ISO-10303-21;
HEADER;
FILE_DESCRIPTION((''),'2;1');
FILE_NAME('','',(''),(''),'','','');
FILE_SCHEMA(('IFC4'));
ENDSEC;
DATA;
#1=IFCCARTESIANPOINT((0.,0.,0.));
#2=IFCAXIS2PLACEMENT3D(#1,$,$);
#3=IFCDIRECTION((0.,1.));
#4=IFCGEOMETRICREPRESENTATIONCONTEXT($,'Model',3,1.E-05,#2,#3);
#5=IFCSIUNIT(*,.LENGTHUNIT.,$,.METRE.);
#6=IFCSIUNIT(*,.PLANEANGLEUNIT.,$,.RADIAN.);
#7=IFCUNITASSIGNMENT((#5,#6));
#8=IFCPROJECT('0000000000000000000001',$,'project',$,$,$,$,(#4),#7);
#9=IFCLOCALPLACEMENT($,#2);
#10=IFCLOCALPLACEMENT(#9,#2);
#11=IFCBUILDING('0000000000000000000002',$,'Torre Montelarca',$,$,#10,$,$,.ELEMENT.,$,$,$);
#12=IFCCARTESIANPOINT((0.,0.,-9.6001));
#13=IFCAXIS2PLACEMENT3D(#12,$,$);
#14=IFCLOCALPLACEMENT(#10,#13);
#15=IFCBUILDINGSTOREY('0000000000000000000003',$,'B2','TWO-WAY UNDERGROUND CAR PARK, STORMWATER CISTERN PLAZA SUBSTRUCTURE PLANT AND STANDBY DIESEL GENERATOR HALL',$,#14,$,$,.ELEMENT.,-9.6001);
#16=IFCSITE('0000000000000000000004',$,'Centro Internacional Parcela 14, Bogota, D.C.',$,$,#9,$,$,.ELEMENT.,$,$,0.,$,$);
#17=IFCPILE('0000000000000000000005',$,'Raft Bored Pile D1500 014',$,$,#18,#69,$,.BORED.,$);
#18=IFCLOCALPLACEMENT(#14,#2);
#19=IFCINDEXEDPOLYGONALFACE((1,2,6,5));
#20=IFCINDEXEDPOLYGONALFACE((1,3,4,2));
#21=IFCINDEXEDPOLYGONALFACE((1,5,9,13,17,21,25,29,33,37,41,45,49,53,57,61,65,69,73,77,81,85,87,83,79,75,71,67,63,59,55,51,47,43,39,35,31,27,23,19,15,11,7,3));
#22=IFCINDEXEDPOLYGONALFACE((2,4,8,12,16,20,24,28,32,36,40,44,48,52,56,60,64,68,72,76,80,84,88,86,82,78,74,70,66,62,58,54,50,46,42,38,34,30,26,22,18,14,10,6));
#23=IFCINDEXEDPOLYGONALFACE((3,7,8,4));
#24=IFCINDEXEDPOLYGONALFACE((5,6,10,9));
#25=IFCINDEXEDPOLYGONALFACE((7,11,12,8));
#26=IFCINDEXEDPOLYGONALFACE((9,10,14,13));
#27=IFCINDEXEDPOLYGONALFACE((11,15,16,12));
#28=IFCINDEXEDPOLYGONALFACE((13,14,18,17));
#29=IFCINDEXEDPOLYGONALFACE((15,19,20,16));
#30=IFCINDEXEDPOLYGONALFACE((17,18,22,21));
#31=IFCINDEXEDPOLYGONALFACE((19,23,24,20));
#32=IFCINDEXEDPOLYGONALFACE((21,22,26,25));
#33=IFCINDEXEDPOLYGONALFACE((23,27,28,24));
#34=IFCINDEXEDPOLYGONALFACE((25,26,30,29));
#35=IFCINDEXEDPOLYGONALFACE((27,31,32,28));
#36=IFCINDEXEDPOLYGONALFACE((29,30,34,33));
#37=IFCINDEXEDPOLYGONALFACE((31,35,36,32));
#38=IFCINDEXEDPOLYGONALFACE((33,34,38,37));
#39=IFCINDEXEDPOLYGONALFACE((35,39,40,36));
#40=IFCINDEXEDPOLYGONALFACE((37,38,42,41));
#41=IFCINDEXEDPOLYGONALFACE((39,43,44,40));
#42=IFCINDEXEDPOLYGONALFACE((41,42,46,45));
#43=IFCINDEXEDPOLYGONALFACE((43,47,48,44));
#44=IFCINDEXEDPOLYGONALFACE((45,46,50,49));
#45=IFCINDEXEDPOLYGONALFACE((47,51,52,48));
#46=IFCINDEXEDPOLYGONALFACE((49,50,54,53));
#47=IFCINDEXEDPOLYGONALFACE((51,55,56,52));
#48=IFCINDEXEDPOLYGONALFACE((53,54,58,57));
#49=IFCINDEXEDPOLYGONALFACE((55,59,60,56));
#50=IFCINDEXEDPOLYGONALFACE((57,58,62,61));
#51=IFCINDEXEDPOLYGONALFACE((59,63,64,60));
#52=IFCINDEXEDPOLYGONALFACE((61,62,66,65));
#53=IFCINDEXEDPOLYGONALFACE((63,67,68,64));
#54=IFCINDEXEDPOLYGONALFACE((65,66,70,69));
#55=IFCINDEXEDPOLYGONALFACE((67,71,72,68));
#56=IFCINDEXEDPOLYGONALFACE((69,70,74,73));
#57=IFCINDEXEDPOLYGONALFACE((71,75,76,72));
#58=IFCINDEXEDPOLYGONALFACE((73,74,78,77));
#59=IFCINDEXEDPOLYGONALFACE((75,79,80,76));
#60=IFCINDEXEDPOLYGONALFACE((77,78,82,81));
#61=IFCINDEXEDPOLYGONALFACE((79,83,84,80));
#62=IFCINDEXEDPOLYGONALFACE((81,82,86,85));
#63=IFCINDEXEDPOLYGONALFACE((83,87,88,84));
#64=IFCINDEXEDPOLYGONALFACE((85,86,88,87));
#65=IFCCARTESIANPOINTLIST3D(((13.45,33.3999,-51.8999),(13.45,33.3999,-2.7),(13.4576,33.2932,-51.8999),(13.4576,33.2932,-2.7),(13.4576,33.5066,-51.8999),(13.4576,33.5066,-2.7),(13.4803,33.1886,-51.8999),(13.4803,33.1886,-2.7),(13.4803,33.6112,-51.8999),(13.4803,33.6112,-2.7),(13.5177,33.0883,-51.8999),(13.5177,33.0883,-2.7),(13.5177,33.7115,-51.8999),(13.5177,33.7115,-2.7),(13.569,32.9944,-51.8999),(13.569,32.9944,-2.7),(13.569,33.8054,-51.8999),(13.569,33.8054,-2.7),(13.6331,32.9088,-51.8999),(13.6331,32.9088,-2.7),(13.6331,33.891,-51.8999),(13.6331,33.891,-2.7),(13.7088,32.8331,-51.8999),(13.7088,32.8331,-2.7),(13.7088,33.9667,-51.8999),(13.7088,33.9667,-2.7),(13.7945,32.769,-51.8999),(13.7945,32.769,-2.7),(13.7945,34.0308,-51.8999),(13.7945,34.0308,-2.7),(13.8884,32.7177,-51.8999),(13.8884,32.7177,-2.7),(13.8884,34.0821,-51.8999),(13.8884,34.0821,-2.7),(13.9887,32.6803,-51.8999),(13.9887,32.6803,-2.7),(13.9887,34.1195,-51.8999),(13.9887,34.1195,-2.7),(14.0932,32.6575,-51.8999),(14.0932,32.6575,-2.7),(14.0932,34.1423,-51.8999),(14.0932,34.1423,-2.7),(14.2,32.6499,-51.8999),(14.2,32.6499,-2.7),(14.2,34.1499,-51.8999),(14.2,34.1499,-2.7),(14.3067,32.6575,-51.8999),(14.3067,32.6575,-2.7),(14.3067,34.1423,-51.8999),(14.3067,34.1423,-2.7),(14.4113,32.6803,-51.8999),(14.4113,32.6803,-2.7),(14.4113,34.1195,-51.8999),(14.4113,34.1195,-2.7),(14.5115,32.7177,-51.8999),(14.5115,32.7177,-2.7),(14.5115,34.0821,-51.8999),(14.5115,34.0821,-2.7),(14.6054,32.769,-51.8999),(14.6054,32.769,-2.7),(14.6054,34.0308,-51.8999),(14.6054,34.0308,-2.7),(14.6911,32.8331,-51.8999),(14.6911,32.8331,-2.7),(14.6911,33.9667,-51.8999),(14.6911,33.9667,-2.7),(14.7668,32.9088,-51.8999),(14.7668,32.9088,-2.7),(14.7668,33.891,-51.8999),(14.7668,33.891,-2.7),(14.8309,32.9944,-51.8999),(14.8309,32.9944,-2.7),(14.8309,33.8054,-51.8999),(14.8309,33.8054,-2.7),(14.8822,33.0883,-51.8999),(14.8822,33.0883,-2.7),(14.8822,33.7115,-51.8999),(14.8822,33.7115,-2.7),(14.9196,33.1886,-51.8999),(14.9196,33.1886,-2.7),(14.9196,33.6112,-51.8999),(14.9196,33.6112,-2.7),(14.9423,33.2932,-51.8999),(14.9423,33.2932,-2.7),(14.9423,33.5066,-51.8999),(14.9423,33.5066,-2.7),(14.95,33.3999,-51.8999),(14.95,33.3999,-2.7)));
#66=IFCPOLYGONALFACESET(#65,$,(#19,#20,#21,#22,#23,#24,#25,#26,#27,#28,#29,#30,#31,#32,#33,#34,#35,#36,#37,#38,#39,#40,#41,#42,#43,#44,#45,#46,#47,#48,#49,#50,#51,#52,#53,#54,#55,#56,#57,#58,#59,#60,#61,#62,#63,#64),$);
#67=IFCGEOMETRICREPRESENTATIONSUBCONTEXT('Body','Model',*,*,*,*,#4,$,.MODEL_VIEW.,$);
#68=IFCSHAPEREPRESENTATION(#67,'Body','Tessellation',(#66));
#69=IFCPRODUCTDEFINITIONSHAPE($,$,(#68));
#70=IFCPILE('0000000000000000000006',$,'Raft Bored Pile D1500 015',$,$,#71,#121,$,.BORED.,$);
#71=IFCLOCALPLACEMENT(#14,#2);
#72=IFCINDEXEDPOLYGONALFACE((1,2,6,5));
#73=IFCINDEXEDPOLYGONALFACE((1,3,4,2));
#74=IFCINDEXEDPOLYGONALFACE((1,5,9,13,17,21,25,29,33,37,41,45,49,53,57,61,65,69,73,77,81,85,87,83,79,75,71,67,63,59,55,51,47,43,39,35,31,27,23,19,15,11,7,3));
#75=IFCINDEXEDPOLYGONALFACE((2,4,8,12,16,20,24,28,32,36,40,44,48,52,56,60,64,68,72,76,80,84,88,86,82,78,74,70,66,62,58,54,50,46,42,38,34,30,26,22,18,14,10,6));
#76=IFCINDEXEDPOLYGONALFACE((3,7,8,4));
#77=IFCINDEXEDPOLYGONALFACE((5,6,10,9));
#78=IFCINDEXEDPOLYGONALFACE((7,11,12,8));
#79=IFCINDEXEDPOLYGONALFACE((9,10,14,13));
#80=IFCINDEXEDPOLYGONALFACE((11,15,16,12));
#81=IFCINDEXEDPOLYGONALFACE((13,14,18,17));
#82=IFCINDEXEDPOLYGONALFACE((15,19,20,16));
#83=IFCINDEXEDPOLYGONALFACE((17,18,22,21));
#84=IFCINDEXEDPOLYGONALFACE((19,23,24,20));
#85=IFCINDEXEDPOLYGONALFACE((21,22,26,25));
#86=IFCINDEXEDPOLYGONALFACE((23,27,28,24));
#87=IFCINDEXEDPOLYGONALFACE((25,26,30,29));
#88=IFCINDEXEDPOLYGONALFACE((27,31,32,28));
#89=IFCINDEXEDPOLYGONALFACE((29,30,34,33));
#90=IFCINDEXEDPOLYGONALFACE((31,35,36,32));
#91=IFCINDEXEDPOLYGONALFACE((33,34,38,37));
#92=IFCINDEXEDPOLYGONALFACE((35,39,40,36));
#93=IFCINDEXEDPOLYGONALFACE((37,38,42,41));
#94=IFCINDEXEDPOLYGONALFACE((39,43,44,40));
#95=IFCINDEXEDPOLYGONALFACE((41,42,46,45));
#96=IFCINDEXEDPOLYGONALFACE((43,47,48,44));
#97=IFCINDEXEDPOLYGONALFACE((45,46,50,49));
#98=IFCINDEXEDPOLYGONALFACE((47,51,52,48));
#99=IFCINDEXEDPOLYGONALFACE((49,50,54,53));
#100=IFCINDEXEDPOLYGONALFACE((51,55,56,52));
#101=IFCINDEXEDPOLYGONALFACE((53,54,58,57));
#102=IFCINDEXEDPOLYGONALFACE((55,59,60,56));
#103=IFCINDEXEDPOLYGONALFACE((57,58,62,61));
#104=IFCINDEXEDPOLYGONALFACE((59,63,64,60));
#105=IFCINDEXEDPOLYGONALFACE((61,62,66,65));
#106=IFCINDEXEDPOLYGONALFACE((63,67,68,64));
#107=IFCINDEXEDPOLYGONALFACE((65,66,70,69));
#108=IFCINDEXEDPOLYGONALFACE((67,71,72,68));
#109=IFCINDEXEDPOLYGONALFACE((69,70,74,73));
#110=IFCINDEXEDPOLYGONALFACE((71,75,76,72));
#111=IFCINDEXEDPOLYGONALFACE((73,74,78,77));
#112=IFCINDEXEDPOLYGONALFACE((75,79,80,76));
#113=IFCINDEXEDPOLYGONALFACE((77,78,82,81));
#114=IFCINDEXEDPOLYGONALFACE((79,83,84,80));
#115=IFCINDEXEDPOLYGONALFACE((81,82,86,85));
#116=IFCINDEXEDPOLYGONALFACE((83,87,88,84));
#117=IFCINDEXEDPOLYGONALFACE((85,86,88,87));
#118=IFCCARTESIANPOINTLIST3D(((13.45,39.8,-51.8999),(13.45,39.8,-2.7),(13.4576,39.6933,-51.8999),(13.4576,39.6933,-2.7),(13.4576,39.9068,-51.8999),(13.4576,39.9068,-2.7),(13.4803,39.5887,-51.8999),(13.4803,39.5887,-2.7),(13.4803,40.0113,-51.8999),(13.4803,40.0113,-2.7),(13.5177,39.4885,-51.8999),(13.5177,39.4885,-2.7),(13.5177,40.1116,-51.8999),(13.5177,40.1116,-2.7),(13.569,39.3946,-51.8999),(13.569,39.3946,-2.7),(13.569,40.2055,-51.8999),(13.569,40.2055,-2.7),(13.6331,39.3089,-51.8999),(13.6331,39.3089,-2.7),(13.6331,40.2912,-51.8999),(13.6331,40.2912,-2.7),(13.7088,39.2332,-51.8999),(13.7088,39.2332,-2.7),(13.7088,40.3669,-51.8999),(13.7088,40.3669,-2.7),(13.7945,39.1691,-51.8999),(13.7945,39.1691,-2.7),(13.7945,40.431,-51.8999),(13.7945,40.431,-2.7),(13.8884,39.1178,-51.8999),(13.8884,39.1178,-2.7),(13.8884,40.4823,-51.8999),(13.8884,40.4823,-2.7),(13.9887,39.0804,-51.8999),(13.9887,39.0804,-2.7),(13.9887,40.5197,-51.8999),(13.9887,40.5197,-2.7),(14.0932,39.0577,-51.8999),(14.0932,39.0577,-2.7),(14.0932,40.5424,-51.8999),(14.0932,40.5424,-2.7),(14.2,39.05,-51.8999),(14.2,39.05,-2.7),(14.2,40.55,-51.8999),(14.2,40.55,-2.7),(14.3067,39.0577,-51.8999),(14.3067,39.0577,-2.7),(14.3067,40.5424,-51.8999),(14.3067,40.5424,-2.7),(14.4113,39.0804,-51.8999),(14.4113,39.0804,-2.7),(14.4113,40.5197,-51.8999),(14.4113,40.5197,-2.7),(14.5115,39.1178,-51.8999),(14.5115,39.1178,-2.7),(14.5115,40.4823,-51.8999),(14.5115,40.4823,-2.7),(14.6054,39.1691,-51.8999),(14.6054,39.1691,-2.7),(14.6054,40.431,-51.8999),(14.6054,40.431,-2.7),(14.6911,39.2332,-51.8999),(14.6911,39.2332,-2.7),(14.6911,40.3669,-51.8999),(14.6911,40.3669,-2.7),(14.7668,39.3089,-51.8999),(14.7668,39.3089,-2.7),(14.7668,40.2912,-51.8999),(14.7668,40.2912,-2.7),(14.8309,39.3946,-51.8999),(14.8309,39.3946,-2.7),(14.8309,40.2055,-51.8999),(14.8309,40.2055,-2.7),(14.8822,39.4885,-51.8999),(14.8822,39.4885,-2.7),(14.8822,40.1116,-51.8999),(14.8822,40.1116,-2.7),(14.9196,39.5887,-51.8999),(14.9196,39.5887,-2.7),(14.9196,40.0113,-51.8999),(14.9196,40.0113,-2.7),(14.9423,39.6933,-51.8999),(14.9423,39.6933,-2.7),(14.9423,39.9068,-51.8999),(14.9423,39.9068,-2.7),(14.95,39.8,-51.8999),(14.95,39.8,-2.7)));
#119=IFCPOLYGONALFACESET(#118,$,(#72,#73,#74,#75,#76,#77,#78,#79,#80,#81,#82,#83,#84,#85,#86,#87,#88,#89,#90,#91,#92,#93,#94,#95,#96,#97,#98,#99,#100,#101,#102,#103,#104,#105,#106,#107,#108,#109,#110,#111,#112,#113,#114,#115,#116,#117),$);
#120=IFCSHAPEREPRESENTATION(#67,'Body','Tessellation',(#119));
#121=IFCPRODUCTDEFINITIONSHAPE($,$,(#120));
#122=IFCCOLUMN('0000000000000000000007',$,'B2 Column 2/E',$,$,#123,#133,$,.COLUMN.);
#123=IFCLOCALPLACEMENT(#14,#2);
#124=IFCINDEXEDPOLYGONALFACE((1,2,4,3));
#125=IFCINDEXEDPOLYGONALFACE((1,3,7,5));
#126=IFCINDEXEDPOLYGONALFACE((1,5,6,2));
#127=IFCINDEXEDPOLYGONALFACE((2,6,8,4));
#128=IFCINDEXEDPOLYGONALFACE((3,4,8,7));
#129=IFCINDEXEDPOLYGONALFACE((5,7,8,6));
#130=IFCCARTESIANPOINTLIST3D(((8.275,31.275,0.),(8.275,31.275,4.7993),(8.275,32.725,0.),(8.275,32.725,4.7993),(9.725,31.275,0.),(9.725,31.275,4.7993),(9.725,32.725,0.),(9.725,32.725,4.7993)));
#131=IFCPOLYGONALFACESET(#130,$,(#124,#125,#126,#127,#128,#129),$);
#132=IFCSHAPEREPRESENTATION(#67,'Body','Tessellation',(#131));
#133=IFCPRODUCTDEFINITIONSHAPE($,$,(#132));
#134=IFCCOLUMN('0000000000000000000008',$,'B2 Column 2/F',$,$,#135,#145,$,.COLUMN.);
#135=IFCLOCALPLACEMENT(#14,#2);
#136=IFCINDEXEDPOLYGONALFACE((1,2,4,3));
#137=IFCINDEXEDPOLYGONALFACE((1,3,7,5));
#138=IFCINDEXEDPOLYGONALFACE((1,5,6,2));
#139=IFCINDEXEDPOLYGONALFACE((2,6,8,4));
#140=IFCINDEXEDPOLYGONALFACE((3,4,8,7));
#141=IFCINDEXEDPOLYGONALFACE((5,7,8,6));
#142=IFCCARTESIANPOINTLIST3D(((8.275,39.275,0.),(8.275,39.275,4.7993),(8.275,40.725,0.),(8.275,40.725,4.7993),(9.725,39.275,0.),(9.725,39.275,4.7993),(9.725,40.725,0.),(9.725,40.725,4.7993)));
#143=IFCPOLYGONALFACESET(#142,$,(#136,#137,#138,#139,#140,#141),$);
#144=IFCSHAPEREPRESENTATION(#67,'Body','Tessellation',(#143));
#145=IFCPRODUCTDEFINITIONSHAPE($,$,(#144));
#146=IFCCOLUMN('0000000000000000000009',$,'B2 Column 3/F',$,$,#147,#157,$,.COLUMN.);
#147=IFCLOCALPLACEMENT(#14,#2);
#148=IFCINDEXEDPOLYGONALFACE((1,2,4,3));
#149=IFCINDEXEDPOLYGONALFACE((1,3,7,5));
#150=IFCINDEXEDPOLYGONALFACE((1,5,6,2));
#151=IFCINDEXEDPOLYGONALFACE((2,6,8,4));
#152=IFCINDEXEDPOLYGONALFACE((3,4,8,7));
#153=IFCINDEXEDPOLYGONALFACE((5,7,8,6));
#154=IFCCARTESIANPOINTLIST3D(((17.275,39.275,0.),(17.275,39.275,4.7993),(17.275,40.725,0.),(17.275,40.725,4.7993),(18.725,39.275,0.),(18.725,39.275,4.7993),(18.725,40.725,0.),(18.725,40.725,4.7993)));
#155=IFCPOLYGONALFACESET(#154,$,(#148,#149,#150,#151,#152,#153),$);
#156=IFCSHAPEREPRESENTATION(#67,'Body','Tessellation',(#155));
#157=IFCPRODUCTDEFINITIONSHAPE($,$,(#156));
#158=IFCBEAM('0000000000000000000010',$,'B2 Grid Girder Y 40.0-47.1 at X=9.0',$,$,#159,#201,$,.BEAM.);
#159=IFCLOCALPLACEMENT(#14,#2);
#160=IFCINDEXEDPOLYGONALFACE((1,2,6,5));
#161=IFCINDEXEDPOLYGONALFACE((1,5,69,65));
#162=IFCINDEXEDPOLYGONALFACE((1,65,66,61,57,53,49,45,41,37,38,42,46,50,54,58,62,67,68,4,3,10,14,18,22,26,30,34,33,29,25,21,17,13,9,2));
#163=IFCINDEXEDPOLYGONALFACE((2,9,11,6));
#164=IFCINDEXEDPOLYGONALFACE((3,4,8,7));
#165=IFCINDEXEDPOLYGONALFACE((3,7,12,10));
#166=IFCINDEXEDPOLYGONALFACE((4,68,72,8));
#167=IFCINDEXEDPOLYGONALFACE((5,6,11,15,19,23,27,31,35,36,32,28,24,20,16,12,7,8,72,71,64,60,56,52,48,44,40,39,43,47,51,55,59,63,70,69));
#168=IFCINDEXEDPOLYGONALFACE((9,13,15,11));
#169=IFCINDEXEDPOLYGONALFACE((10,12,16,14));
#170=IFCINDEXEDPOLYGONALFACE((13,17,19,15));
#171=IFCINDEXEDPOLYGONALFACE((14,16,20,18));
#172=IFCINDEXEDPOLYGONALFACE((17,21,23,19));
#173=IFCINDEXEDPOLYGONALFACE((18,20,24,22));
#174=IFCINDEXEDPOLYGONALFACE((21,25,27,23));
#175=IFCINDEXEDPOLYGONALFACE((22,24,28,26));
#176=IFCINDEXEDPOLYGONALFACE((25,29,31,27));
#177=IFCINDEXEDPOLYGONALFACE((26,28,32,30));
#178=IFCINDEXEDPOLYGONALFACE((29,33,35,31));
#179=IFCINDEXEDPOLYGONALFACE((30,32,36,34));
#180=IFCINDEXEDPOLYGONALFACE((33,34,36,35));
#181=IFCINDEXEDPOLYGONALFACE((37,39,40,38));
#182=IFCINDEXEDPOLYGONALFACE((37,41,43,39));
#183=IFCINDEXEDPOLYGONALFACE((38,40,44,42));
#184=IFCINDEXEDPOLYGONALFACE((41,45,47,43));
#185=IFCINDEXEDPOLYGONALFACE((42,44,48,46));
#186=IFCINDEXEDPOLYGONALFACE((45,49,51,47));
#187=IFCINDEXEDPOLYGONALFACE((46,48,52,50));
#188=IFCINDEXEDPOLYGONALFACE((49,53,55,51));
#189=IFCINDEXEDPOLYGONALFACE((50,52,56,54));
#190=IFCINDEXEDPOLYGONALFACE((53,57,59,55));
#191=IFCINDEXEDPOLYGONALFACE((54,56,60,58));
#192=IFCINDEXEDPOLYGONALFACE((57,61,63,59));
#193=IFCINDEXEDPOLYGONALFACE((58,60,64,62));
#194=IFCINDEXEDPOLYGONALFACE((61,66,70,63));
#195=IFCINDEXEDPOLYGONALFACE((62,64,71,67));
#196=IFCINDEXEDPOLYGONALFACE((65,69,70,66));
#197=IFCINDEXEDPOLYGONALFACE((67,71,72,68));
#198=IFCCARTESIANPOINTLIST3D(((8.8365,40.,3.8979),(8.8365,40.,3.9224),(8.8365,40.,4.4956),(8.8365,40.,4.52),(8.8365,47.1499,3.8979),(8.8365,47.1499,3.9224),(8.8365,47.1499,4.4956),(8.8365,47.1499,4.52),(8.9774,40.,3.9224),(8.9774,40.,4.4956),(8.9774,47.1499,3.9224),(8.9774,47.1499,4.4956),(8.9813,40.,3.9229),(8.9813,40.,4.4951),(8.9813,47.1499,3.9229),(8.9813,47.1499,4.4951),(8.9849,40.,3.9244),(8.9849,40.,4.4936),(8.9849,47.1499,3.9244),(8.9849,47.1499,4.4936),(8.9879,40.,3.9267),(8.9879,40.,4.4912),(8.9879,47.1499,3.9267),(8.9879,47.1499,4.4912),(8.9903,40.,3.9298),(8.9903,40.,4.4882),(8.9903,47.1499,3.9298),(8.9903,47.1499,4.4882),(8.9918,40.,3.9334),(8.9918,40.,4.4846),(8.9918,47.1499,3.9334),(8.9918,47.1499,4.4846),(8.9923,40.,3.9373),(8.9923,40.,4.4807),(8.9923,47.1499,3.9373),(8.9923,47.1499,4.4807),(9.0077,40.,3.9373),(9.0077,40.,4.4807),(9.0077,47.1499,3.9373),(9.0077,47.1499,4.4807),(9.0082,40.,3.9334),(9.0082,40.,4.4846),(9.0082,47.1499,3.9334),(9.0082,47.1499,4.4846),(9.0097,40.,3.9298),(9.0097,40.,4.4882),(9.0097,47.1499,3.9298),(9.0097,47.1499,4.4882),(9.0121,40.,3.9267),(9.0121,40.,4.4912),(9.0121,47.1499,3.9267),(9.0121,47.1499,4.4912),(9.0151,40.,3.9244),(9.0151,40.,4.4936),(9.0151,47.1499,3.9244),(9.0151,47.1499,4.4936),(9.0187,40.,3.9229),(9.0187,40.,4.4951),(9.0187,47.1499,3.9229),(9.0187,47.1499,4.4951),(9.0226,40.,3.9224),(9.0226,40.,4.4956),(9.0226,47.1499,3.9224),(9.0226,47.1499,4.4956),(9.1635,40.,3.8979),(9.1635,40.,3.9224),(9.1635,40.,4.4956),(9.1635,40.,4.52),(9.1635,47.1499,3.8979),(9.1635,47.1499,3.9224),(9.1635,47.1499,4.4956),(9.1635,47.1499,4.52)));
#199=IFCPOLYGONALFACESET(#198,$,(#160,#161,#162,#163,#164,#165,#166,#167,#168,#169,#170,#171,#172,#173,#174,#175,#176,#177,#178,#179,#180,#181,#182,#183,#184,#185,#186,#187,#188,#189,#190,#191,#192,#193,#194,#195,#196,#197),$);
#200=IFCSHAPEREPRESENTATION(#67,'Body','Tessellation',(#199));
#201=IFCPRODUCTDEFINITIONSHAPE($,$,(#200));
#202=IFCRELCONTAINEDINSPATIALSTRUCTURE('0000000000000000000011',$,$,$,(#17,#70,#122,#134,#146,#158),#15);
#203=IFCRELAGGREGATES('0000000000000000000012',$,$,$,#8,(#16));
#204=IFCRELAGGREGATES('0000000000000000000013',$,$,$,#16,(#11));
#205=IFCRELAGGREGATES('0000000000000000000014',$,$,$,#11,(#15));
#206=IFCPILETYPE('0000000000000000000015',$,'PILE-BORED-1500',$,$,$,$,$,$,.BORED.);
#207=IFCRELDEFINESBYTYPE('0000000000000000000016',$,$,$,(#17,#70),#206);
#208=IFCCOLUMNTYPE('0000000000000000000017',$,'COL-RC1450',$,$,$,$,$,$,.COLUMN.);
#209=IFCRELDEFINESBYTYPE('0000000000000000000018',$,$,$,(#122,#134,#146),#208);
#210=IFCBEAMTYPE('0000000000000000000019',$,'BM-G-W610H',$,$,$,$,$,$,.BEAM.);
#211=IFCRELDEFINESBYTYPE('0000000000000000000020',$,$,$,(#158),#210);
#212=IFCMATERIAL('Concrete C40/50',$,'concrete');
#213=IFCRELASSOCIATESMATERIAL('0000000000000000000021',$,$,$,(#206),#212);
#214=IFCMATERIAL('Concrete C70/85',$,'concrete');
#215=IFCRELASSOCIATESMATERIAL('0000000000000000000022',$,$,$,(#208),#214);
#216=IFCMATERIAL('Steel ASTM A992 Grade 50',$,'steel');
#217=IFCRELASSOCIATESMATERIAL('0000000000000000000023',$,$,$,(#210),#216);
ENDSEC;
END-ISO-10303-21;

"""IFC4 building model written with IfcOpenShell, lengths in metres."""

from ifc_helpers import new_model, si_unit, direction, frame, origin, origin_2d, place, context, subcontext, project, spatial, rectangle, circle, i_section, extrude, source, transform, mapped, material, material_profile, profile_set, type_object, element, save


model = new_model("IFC4")

# Units and contexts
model_context = context("Model", 3, precision=1e-05, world=origin(), true_north=direction((0.0, 1.0)))
body_context = subcontext(model_context, "Body", "Model", "MODEL_VIEW")
ifc_project = project(units=[si_unit("LENGTHUNIT", "METRE"), si_unit("PLANEANGLEUNIT", "RADIAN")], contexts=[model_context])

# Site, building, storey
site_placement = place(None, origin())
site = spatial("IfcSite", under=ifc_project, at=site_placement, Name="Centro Internacional Parcela 14, Bogota, D.C.", CompositionType="ELEMENT", RefElevation=0.0)
building_placement = place(site_placement, origin())
building = spatial("IfcBuilding", under=site, at=building_placement, Name="Torre Montelarca", CompositionType="ELEMENT")
storey_placement = place(building_placement, frame((0.0, 0.0, -9.6001)))
storey = spatial("IfcBuildingStorey", under=building, at=storey_placement, Name="B2", Description="TWO-WAY UNDERGROUND CAR PARK, STORMWATER CISTERN PLAZA SUBSTRUCTURE PLANT AND STANDBY DIESEL GENERATOR HALL", CompositionType="ELEMENT", Elevation=-9.6001)

# Piles
ifc_material_1 = material(Name="Concrete C40/50", Category="concrete")
ifc_material_profile_1 = material_profile(ifc_material_1, circle(Radius=0.75, at=origin_2d()), Name="PILE-D1500", Category="concrete")
ifc_profile_set_1 = profile_set([ifc_material_profile_1], Name="Concrete C40/50")
pile_type = type_object("IfcPileType", Name="PILE-BORED-1500", PredefinedType="BORED", material=ifc_profile_set_1)
shared_shape_1 = source(origin(), body_context, "Body", "SweptSolid", [
    extrude(circle(Radius=0.75, at=origin_2d()), origin(), (0.0, 0.0, 1.0), 49.2),
])
for number, where, z_axis, x_axis, name in (
    (1, (14.2, 33.3999, -2.7), (0.0, 0.0, -1.0), (1.0, 0.0, 0.0), "Raft Bored Pile D1500 014"),
    (2, (14.2, 39.8, -2.7), (0.0, 0.0, -1.0), (1.0, 0.0, 0.0), "Raft Bored Pile D1500 015"),
):
    element("IfcPile", number, at=place(storey_placement, frame(where, z_axis=z_axis, x_axis=x_axis)), inside=storey, type_object=pile_type, Name=name, PredefinedType="BORED", context=body_context, shape_type="MappedRepresentation", body=[
        mapped(shared_shape_1, transform((0.0, 0.0, 0.0), scale=1.0)),
    ])

# Columns
ifc_material_2 = material(Name="Concrete C70/85", Category="concrete")
ifc_material_profile_2 = material_profile(ifc_material_2, rectangle(XDim=1.45, YDim=1.45, at=origin_2d()), Name="RC1450X1450", Category="concrete")
ifc_profile_set_2 = profile_set([ifc_material_profile_2], Name="Concrete C70/85")
column_type = type_object("IfcColumnType", Name="COL-RC1450", PredefinedType="COLUMN", material=ifc_profile_set_2)
shared_shape_2 = source(origin(), body_context, "Body", "SweptSolid", [
    extrude(rectangle(XDim=1.45, YDim=1.45, at=origin_2d()), origin(), (0.0, 0.0, 1.0), 4.7993),
])
for number, where, z_axis, x_axis, name in (
    (3, (9.0, 32.0, 0.0), (0.0, 0.0, 1.0), (1.0, 0.0, 0.0), "B2 Column 2/E"),
    (4, (9.0, 40.0, 0.0), (0.0, 0.0, 1.0), (1.0, 0.0, 0.0), "B2 Column 2/F"),
    (5, (18.0, 40.0, 0.0), (0.0, 0.0, 1.0), (1.0, 0.0, 0.0), "B2 Column 3/F"),
):
    element("IfcColumn", number, at=place(storey_placement, frame(where, z_axis=z_axis, x_axis=x_axis)), inside=storey, type_object=column_type, Name=name, PredefinedType="COLUMN", context=body_context, shape_type="MappedRepresentation", body=[
        mapped(shared_shape_2, transform((0.0, 0.0, 0.0), scale=1.0)),
    ])

# Beam
ifc_material_3 = material(Name="Steel ASTM A992 Grade 50", Category="steel")
ifc_material_profile_3 = material_profile(ifc_material_3, i_section(OverallWidth=0.3269, OverallDepth=0.6221, WebThickness=0.0154, FlangeThickness=0.0244, FilletRadius=0.0149, at=origin_2d()), Name="W610X195", Category="steel")
ifc_profile_set_3 = profile_set([ifc_material_profile_3], Name="Steel ASTM A992 Grade 50")
beam_type = type_object("IfcBeamType", Name="BM-G-W610H", PredefinedType="BEAM", material=ifc_profile_set_3)
shared_shape_3 = source(origin(), body_context, "Body", "SweptSolid", [
    extrude(i_section(OverallWidth=0.3269, OverallDepth=0.6221, WebThickness=0.0154, FlangeThickness=0.0244, FilletRadius=0.0149, at=origin_2d()), origin(), (0.0, 0.0, 1.0), 7.1499),
])
beam_placement = place(storey_placement, frame((9.0, 40.0, 4.209), z_axis=(0.0, 1.0, 0.0), x_axis=(-1.0, 0.0, 0.0)))
element("IfcBeam", 6, at=beam_placement, inside=storey, type_object=beam_type, Name="B2 Grid Girder Y 40.0-47.1 at X=9.0", PredefinedType="BEAM", context=body_context, shape_type="MappedRepresentation", body=[
    mapped(shared_shape_3, transform((0.0, 0.0, 0.0), scale=1.0)),
])

save(model, "model.ifc")
